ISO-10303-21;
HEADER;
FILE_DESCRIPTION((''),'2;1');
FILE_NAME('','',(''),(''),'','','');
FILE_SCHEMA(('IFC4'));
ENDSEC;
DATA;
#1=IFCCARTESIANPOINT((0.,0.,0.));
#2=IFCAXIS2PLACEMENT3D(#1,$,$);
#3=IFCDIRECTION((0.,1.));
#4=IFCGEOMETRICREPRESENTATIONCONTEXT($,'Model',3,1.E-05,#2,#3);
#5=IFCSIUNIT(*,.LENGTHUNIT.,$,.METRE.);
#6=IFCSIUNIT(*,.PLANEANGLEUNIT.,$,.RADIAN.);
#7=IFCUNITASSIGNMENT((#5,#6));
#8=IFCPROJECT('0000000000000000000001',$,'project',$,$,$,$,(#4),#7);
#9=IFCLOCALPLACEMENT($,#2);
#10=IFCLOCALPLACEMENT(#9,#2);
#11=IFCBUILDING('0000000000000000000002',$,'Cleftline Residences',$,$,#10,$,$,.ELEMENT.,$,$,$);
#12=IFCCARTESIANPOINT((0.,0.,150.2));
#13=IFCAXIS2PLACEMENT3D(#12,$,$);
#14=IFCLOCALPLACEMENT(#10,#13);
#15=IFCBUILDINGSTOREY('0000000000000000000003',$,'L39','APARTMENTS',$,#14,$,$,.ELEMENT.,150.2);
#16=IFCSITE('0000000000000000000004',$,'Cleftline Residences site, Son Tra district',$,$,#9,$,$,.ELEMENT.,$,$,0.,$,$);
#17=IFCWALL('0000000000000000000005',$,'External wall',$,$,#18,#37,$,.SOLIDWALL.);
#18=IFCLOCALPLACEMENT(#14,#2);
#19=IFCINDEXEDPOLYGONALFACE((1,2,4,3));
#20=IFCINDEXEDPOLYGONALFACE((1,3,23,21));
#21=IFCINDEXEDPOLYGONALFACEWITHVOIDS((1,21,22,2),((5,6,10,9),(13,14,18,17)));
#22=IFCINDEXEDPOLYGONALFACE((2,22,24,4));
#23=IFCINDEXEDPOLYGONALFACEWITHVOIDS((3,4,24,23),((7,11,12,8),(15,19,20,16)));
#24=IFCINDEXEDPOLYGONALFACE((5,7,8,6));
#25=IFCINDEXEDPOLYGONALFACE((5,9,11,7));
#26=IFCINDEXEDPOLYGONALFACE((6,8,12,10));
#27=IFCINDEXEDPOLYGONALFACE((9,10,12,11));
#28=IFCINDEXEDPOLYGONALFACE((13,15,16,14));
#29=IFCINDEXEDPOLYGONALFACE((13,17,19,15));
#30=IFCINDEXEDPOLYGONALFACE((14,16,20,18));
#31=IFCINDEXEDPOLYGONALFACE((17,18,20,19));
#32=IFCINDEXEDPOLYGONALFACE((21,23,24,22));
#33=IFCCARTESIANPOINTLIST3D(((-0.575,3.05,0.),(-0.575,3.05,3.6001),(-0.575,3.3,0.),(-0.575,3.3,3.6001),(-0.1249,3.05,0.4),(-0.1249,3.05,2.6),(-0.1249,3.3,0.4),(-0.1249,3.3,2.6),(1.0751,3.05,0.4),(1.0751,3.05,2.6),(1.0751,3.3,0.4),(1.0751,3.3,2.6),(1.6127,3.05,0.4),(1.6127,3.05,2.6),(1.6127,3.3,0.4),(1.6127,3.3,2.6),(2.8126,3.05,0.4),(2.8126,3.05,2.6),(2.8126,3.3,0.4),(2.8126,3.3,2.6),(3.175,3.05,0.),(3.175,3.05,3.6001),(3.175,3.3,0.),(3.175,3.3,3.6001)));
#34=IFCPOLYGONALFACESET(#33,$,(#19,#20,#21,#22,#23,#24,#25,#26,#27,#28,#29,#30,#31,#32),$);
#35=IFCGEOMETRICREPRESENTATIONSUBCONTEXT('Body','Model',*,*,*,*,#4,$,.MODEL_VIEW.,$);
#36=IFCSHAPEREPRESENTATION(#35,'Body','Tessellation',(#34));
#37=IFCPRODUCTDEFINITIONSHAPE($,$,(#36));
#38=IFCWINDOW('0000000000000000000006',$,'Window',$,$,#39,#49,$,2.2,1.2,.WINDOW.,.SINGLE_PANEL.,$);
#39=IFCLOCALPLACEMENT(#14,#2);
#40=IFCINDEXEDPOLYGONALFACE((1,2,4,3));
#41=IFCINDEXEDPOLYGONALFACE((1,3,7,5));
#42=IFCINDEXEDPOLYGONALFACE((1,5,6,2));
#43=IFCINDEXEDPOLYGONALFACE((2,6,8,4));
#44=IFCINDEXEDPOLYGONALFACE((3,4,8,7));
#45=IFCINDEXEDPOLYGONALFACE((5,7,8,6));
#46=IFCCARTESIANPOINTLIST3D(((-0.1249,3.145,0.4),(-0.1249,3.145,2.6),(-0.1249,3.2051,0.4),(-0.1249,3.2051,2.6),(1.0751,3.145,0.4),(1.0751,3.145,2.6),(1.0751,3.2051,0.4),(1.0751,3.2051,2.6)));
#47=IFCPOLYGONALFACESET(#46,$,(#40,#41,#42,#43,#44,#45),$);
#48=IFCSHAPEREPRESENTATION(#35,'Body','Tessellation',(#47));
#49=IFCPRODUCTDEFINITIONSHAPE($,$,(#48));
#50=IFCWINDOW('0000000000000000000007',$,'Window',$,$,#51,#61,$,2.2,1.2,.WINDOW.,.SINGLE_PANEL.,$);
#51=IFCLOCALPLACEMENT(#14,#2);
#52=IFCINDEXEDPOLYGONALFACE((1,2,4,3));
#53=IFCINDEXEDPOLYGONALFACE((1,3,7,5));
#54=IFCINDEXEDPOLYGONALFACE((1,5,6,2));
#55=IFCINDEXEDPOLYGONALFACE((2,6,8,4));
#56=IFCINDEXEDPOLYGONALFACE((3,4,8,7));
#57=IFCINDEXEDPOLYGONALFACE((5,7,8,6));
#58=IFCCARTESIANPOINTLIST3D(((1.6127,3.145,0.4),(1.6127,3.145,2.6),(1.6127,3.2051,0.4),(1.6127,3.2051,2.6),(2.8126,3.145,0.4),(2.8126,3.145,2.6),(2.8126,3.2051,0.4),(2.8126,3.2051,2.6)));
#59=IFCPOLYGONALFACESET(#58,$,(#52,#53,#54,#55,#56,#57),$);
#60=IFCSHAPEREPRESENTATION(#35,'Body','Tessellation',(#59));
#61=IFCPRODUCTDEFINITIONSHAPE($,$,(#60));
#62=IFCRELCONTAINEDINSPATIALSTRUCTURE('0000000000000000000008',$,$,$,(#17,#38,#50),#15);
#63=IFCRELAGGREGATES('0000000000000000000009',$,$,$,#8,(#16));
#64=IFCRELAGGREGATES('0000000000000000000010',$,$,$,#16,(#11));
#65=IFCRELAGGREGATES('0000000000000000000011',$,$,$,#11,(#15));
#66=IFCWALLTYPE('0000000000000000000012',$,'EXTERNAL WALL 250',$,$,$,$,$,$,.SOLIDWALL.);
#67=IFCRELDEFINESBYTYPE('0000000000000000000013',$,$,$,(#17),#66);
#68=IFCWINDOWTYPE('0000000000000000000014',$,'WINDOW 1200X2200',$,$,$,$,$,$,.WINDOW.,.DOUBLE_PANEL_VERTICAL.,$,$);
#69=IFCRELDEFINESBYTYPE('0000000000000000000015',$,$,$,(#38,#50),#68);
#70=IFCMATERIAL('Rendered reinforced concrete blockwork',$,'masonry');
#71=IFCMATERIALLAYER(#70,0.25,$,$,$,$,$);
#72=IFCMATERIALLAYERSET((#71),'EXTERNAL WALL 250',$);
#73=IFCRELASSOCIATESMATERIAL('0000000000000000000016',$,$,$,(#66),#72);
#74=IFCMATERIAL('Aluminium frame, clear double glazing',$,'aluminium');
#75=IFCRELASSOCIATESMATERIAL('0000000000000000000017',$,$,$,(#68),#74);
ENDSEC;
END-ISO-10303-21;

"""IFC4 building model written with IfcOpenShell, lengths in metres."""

from ifc_helpers import new_model, si_unit, direction, frame, frame_2d, origin, place, context, subcontext, project, spatial, rectangle, extrude, material, layer, layer_set, type_object, element, fill, save


model = new_model("IFC4")

# Units and contexts
model_context = context("Model", 3, precision=1e-05, world=origin(), true_north=direction((0.0, 1.0)))
body_context = subcontext(model_context, "Body", "Model", "MODEL_VIEW")
ifc_project = project(units=[si_unit("LENGTHUNIT", "METRE"), si_unit("PLANEANGLEUNIT", "RADIAN")], contexts=[model_context])

# Site, building, storey
site_placement = place(None, origin())
site = spatial("IfcSite", under=ifc_project, at=site_placement, Name="Cleftline Residences site, Son Tra district", CompositionType="ELEMENT", RefElevation=0.0)
building_placement = place(site_placement, origin())
building = spatial("IfcBuilding", under=site, at=building_placement, Name="Cleftline Residences", CompositionType="ELEMENT")
storey_placement = place(building_placement, frame((0.0, 0.0, 150.2)))
storey = spatial("IfcBuildingStorey", under=building, at=storey_placement, Name="L39", Description="APARTMENTS", CompositionType="ELEMENT", Elevation=150.2)

# Wall, openings, windows
ifc_material_1 = material(Name="Rendered reinforced concrete blockwork", Category="masonry")
ifc_layer_1 = layer(ifc_material_1, 0.25)
ifc_layer_set_1 = layer_set([ifc_layer_1], Name="EXTERNAL WALL 250")
wall_type = type_object("IfcWallType", Name="EXTERNAL WALL 250", PredefinedType="SOLIDWALL", material=ifc_layer_set_1)
wall_placement = place(storey_placement, frame((-0.575, 3.175, 0.0), z_axis=(0.0, 0.0, 1.0), x_axis=(1.0, 0.0, 0.0)))
wall = element("IfcWall", 1, at=wall_placement, inside=storey, type_object=wall_type, Name="External wall", PredefinedType="SOLIDWALL", context=body_context, shape_type="SweptSolid", body=[
    extrude(rectangle(XDim=3.75, YDim=0.25, at=frame_2d((1.875, 0.0))), origin(), (0.0, 0.0, 1.0), 3.6001),
])
opening_1_placement = place(wall_placement, frame((0.45, 0.0, 0.3999)))
opening_1 = element("IfcOpeningElement", 2, at=opening_1_placement, cuts=wall, PredefinedType="OPENING", context=body_context, shape_type="SweptSolid", body=[
    extrude(rectangle(XDim=1.2, YDim=2.2, at=frame_2d((0.6001, 1.1001))), frame((0.0, 0.135, 0.0), z_axis=(0.0, -1.0, 0.0), x_axis=(1.0, 0.0, 0.0)), (0.0, 0.0, 1.0), 0.27),
])
opening_2_placement = place(wall_placement, frame((2.1875, 0.0, 0.3999)))
opening_2 = element("IfcOpeningElement", 3, at=opening_2_placement, cuts=wall, PredefinedType="OPENING", context=body_context, shape_type="SweptSolid", body=[
    extrude(rectangle(XDim=1.2, YDim=2.2, at=frame_2d((0.6001, 1.1001))), frame((0.0, 0.135, 0.0), z_axis=(0.0, -1.0, 0.0), x_axis=(1.0, 0.0, 0.0)), (0.0, 0.0, 1.0), 0.27),
])
ifc_material_2 = material(Name="Aluminium frame, clear double glazing", Category="aluminium")
window_type = type_object("IfcWindowType", Name="WINDOW 1200X2200", PartitioningType="DOUBLE_PANEL_VERTICAL", PredefinedType="WINDOW", material=ifc_material_2)
window_1_placement = place(opening_1_placement, origin())
window_1 = element("IfcWindow", 4, at=window_1_placement, inside=storey, type_object=window_type, Name="Window", OverallHeight=2.2, OverallWidth=1.2, PartitioningType="SINGLE_PANEL", PredefinedType="WINDOW", context=body_context, shape_type="SweptSolid", body=[
    extrude(rectangle(XDim=1.2, YDim=2.2, at=frame_2d((0.6001, 1.1001))), frame((0.0, 0.03, 0.0), z_axis=(0.0, -1.0, 0.0), x_axis=(1.0, 0.0, 0.0)), (0.0, 0.0, 1.0), 0.0601),
])
fill(opening_1, window_1)
window_2_placement = place(opening_2_placement, origin())
window_2 = element("IfcWindow", 5, at=window_2_placement, inside=storey, type_object=window_type, Name="Window", OverallHeight=2.2, OverallWidth=1.2, PartitioningType="SINGLE_PANEL", PredefinedType="WINDOW", context=body_context, shape_type="SweptSolid", body=[
    extrude(rectangle(XDim=1.2, YDim=2.2, at=frame_2d((0.6001, 1.1001))), frame((0.0, 0.03, 0.0), z_axis=(0.0, -1.0, 0.0), x_axis=(1.0, 0.0, 0.0)), (0.0, 0.0, 1.0), 0.0601),
])
fill(opening_2, window_2)

save(model, "model.ifc")
